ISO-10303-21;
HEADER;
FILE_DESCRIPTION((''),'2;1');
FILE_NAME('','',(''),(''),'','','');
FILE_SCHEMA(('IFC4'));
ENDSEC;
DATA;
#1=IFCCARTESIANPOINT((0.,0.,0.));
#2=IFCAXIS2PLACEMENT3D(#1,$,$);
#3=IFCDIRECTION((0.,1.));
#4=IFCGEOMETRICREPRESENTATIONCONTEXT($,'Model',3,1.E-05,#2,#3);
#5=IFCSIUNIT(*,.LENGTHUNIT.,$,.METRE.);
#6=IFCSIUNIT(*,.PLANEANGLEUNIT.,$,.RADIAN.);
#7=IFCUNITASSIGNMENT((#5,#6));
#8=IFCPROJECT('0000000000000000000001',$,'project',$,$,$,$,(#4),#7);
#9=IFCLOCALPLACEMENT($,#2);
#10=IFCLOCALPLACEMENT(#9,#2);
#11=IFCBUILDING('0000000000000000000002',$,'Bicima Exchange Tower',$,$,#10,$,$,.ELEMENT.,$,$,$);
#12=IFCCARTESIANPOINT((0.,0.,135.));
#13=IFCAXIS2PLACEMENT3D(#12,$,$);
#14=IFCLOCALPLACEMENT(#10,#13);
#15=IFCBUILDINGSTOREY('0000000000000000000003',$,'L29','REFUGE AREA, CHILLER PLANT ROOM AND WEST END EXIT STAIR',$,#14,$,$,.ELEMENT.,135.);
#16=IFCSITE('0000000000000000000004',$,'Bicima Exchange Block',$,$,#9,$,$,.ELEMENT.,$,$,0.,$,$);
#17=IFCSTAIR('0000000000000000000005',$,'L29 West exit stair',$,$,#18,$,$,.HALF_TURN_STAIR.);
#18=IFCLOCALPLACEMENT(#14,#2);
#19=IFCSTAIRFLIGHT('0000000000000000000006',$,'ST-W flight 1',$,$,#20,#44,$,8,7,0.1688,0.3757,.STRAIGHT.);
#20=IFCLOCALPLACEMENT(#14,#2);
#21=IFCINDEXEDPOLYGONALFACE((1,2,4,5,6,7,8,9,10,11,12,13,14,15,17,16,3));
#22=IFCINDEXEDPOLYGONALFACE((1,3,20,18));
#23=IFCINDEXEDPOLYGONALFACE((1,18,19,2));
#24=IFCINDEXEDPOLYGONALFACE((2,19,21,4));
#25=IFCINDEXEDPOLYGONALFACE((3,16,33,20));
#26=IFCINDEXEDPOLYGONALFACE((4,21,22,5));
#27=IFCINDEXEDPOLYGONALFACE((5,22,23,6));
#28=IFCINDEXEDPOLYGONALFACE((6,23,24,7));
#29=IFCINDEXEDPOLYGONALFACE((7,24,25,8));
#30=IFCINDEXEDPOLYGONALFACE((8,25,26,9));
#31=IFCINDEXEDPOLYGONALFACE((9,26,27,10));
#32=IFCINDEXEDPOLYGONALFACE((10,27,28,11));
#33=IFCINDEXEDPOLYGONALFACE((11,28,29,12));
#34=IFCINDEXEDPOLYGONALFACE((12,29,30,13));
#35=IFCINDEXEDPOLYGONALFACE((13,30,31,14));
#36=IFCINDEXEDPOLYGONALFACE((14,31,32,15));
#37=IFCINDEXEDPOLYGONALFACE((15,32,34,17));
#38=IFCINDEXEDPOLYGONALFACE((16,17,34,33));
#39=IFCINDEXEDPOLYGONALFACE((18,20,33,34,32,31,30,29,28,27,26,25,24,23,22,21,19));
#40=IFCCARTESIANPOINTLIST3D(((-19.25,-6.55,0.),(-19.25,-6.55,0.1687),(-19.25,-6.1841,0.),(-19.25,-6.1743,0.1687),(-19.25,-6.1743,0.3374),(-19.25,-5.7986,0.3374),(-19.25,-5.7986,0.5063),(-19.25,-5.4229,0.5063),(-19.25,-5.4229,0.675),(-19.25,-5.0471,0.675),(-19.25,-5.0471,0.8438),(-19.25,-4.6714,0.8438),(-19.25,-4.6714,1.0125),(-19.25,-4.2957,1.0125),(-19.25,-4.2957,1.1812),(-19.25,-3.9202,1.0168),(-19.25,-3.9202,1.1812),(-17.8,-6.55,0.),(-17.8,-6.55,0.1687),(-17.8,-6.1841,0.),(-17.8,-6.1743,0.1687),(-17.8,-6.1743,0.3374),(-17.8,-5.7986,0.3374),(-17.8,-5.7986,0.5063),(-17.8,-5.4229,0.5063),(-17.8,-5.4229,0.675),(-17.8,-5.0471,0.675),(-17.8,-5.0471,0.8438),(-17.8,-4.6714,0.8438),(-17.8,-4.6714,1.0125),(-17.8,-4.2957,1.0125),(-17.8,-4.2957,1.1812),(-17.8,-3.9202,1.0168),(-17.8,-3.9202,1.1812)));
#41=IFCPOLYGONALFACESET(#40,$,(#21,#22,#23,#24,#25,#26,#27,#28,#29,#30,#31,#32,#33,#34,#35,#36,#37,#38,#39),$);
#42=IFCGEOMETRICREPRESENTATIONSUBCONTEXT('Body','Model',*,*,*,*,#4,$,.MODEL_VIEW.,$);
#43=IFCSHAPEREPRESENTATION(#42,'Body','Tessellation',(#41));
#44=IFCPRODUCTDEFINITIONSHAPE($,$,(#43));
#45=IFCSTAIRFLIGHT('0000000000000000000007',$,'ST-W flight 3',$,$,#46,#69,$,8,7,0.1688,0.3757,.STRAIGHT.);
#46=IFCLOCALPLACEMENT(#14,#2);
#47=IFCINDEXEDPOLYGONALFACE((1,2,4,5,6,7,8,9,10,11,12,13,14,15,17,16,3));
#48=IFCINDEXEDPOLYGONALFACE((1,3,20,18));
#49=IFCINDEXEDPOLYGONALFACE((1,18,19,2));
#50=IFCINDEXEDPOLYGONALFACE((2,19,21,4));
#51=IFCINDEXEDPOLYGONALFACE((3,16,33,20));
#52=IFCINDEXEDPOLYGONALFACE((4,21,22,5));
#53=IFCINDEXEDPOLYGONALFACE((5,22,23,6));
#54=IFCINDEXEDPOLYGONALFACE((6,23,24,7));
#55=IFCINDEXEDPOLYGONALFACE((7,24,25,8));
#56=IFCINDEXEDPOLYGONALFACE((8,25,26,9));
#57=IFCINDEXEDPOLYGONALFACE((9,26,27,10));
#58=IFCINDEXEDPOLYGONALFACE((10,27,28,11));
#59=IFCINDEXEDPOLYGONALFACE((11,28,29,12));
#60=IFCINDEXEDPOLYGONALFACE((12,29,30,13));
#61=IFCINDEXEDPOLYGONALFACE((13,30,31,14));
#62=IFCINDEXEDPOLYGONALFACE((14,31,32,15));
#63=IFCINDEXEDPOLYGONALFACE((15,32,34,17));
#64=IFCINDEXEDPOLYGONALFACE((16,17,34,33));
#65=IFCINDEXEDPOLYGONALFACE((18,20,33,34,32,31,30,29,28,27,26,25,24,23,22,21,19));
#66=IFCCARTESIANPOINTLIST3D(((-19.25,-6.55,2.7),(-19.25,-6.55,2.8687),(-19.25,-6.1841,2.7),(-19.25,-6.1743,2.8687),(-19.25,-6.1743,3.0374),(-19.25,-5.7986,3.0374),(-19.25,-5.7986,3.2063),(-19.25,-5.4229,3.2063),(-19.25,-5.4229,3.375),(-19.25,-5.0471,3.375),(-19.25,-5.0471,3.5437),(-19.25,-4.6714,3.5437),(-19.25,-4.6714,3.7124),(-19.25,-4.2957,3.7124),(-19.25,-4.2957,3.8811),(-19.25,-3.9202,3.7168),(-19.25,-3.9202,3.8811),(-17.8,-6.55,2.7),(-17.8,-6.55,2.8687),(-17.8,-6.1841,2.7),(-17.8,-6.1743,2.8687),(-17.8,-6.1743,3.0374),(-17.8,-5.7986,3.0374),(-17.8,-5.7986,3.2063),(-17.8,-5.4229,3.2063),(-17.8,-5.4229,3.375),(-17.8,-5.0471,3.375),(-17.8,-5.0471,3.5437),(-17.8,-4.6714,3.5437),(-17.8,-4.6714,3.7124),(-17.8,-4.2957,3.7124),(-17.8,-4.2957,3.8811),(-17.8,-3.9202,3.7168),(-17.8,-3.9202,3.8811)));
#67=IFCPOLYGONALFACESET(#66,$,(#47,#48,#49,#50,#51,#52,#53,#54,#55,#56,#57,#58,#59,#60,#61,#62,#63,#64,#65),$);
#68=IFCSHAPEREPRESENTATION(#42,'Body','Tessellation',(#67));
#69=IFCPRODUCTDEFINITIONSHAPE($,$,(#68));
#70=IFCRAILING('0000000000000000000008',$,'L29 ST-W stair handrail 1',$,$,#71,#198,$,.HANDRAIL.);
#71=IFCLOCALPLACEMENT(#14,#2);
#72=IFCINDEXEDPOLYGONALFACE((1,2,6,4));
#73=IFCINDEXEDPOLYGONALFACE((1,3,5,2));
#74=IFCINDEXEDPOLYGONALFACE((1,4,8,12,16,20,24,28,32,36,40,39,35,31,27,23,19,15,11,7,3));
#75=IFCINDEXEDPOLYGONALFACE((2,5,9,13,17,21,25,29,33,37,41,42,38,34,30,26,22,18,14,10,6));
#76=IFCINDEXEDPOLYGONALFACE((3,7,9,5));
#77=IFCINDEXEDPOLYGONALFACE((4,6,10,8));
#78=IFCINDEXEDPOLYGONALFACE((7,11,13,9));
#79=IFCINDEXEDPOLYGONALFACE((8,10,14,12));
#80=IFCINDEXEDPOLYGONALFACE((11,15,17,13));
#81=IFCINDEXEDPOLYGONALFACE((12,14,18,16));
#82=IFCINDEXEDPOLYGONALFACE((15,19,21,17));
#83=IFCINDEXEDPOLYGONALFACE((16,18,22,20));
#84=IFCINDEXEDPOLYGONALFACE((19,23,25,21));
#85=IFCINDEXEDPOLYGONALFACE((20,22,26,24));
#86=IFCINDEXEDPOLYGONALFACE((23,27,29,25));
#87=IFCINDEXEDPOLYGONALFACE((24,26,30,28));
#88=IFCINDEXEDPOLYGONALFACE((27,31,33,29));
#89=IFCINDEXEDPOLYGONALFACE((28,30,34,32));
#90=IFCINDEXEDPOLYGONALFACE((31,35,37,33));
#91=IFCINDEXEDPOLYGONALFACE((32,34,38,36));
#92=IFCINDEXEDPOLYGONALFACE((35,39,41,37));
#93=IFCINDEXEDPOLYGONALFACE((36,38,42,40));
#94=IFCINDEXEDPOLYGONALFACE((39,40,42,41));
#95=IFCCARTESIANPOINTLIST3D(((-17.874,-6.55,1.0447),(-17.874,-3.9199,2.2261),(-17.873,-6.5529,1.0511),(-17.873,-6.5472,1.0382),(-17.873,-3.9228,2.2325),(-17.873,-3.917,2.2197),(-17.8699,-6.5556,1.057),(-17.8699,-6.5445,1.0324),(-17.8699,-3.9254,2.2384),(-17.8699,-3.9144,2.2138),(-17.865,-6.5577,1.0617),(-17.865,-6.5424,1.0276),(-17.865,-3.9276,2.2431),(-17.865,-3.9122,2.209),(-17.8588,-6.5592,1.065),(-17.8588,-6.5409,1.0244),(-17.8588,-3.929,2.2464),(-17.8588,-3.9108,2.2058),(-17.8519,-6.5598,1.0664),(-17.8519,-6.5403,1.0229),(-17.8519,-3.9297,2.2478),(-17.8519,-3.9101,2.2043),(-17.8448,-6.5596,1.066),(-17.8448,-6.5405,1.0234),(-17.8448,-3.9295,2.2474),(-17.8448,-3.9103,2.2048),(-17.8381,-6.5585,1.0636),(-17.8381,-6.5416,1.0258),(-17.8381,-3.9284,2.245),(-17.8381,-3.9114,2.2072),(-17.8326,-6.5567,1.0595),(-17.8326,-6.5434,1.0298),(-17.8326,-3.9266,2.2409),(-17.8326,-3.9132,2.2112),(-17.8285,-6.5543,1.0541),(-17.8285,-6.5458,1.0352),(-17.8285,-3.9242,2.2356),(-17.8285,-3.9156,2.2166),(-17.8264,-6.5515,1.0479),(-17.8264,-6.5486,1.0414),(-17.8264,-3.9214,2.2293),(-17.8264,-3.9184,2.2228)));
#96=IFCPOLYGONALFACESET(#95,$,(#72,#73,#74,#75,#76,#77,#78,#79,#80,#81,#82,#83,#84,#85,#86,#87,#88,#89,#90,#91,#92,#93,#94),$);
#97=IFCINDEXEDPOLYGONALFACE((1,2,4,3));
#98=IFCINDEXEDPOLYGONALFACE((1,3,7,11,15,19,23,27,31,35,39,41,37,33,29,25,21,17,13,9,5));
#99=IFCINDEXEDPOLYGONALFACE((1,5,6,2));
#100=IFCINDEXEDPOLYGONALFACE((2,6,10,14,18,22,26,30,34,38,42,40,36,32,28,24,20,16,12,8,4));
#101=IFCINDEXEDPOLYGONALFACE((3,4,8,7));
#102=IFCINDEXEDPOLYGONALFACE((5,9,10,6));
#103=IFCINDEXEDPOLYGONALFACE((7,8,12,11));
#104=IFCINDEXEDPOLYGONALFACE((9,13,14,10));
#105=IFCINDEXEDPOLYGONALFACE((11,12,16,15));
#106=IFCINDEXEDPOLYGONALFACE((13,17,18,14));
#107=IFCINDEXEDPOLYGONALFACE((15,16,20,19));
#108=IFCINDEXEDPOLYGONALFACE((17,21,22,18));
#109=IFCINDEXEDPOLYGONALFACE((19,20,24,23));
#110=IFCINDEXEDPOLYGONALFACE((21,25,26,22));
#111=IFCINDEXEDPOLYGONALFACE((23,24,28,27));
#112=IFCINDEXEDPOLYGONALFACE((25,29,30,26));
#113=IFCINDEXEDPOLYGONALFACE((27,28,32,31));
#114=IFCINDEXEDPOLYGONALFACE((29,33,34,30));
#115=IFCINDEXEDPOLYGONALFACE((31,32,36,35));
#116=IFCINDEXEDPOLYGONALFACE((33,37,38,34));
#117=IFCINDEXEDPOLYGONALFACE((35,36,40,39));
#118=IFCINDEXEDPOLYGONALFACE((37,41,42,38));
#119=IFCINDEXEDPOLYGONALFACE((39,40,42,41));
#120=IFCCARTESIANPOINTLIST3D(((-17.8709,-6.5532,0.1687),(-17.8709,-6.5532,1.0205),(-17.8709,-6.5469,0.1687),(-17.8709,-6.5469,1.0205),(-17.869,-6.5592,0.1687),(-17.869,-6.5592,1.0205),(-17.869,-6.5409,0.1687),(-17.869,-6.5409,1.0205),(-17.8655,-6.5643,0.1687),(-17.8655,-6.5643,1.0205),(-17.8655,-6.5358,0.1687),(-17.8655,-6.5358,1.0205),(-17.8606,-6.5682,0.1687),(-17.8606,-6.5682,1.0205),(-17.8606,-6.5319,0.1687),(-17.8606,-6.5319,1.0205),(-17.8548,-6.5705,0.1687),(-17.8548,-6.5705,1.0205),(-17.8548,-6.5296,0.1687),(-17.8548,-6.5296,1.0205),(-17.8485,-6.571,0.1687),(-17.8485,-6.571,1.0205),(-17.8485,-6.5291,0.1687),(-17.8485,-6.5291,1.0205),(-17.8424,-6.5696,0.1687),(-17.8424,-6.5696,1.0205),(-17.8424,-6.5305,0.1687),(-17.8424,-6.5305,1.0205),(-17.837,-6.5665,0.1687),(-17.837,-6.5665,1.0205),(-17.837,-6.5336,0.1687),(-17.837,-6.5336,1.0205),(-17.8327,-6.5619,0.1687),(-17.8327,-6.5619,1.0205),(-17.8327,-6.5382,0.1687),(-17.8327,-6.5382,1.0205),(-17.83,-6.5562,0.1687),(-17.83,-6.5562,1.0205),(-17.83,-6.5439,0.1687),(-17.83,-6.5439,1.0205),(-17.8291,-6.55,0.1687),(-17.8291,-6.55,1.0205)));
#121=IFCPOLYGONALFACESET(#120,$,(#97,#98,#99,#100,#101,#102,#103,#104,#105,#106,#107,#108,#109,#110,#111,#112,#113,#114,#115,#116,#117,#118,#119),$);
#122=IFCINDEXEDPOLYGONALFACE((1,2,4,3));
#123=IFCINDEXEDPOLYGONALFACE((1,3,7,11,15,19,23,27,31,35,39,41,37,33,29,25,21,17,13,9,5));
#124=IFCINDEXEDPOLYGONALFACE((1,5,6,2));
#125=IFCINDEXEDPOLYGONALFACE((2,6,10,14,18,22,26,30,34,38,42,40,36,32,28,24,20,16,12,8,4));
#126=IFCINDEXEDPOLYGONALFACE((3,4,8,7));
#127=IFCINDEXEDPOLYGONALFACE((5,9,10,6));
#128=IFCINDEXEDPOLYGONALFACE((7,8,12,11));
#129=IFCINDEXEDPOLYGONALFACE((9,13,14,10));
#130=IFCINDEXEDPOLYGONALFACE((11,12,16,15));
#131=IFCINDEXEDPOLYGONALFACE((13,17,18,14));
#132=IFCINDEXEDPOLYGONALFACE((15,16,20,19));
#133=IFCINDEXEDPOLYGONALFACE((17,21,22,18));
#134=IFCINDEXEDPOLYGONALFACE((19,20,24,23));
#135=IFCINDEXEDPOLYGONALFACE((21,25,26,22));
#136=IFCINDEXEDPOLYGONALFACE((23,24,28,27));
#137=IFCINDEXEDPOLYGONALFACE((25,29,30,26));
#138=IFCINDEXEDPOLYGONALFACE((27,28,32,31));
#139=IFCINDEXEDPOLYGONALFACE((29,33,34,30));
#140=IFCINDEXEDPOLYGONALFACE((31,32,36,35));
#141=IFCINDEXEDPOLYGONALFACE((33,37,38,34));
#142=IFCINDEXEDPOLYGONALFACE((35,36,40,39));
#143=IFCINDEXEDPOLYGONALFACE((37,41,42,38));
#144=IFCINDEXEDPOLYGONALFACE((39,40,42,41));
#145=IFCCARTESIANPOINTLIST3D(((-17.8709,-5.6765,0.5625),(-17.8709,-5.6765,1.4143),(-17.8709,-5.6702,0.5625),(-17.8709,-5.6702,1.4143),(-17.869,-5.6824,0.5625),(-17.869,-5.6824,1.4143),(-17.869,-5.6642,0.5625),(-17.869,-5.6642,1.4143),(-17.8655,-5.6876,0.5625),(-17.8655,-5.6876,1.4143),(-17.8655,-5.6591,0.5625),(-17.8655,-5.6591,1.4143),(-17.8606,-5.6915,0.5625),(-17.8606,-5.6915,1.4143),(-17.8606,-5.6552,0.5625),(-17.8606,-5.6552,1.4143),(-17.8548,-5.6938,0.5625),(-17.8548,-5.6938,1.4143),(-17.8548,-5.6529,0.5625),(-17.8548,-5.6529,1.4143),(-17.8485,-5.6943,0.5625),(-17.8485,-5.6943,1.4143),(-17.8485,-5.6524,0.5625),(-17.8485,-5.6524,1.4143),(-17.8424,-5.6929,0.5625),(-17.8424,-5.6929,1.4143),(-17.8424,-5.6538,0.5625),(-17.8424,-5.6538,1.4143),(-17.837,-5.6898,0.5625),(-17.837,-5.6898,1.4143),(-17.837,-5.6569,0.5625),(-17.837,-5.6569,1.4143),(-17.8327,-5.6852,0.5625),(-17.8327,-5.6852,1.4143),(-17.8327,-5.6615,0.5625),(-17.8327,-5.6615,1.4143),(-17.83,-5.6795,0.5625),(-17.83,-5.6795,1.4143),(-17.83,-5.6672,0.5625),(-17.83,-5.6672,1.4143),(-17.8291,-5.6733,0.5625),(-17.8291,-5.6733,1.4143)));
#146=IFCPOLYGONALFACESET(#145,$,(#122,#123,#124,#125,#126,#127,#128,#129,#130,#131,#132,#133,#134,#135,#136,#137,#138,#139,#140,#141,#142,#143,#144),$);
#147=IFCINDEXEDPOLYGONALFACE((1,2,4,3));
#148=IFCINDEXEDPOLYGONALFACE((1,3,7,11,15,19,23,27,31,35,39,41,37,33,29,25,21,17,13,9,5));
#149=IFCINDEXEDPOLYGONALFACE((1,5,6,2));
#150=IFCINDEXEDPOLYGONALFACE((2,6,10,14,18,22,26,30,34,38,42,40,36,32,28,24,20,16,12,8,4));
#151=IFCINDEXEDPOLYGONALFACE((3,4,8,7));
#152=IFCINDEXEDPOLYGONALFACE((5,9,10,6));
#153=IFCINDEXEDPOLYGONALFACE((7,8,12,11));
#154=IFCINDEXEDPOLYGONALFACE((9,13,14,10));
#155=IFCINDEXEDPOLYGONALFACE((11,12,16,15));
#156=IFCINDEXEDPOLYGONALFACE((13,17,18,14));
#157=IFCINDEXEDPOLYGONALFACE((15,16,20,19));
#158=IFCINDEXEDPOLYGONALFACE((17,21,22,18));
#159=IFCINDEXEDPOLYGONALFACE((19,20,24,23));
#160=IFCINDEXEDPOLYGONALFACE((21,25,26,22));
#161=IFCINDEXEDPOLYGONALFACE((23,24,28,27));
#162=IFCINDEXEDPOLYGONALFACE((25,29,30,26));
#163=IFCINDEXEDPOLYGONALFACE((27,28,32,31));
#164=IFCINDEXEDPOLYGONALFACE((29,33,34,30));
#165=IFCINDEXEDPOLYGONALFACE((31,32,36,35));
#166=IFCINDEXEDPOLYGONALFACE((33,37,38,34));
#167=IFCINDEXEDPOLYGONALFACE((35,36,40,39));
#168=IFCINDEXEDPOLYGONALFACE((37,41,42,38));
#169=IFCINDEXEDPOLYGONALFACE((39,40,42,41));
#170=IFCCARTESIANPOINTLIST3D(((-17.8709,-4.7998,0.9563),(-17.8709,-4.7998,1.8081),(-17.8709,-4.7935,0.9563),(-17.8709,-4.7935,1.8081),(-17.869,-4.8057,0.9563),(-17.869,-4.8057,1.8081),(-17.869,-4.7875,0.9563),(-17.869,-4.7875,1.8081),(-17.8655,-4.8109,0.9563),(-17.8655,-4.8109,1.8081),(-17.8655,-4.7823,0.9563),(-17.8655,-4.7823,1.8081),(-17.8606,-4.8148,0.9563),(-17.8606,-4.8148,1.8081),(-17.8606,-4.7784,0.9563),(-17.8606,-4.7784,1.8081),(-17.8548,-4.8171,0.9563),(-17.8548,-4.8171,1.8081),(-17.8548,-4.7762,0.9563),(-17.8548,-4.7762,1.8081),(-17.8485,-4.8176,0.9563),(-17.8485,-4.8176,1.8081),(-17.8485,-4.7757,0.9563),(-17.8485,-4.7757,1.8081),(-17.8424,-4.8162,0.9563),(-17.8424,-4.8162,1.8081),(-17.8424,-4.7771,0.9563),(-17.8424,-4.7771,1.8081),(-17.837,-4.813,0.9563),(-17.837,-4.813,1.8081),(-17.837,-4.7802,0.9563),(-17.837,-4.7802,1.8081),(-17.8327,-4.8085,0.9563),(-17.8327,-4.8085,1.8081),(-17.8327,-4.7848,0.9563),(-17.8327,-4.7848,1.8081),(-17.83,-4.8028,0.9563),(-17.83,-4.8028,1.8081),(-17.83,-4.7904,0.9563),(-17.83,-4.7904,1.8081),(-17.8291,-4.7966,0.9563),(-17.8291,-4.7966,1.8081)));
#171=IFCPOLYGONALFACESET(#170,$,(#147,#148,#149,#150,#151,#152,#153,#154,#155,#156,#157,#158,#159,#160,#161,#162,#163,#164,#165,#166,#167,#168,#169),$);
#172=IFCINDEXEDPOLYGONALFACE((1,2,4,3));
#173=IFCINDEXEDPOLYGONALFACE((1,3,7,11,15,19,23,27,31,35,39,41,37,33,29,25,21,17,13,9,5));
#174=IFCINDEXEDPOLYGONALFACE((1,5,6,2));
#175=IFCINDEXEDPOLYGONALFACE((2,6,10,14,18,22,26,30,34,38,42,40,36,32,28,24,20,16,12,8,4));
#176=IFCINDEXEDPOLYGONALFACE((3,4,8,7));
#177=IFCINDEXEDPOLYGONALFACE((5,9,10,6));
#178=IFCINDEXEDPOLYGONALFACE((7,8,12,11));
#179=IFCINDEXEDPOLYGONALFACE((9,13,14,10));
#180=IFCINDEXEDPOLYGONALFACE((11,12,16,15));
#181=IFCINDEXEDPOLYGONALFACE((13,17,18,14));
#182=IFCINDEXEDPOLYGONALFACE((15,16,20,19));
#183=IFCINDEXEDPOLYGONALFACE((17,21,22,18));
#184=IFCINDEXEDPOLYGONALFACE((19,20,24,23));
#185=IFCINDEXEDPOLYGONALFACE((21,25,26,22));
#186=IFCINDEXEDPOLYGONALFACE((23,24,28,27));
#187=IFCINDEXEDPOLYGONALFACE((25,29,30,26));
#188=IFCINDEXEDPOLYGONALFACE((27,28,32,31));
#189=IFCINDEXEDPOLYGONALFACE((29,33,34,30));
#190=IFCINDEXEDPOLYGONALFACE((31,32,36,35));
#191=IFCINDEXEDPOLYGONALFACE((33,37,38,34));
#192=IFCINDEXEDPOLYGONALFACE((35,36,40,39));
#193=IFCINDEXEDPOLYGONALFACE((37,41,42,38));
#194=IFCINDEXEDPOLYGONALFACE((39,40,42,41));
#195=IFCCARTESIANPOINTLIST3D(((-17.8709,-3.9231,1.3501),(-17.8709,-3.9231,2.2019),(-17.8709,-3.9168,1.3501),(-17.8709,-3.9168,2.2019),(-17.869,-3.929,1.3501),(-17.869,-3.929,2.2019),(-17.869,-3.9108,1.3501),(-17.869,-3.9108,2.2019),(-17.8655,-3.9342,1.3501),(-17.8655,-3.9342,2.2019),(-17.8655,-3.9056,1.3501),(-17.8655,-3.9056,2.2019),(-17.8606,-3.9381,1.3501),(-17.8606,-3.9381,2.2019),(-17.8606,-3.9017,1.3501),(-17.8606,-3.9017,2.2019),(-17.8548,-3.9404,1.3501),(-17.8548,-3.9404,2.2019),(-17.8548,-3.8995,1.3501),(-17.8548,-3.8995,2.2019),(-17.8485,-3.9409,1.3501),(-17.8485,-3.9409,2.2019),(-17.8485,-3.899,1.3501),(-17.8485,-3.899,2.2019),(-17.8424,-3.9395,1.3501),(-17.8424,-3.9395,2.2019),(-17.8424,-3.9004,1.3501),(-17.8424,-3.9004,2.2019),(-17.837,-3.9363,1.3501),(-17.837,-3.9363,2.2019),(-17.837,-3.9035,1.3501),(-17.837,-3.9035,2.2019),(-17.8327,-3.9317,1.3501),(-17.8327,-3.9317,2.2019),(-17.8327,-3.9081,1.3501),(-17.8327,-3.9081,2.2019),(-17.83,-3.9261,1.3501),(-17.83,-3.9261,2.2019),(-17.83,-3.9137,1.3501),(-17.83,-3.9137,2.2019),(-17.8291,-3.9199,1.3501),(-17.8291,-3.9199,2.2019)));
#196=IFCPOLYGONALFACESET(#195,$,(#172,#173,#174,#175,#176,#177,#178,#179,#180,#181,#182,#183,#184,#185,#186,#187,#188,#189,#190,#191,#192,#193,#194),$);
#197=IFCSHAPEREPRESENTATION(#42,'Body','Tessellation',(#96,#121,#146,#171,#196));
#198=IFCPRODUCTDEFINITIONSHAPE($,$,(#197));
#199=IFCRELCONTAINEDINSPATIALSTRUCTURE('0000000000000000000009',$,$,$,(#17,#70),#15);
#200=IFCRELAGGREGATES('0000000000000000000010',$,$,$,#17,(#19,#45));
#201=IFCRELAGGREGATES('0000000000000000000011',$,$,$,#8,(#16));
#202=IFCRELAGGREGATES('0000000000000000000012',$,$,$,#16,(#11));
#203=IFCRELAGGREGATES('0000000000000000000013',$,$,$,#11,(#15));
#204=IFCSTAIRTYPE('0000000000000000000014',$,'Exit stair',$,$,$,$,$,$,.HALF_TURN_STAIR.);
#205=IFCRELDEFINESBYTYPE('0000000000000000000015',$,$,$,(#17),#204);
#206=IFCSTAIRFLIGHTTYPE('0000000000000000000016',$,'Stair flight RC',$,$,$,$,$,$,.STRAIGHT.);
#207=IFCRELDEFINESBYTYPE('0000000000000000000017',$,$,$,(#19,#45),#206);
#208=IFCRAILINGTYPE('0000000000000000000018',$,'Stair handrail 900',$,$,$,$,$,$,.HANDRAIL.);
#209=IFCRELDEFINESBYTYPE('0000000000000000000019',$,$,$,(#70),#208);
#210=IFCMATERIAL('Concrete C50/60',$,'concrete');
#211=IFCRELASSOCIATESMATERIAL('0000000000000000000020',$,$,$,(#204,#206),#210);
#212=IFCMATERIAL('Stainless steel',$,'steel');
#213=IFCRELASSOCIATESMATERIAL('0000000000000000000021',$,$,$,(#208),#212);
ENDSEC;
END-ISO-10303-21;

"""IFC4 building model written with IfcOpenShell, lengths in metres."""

from ifc_helpers import new_model, si_unit, direction, frame, origin, origin_2d, place, context, subcontext, project, spatial, polyline, circle, outline, extrude, material, type_object, element, aggregate, save


model = new_model("IFC4")

# Units and contexts
model_context = context("Model", 3, precision=1e-05, world=origin(), true_north=direction((0.0, 1.0)))
body_context = subcontext(model_context, "Body", "Model", "MODEL_VIEW")
ifc_project = project(units=[si_unit("LENGTHUNIT", "METRE"), si_unit("PLANEANGLEUNIT", "RADIAN")], contexts=[model_context])

# Site, building, storey
site_placement = place(None, origin())
site = spatial("IfcSite", under=ifc_project, at=site_placement, Name="Bicima Exchange Block", CompositionType="ELEMENT", RefElevation=0.0)
building_placement = place(site_placement, origin())
building = spatial("IfcBuilding", under=site, at=building_placement, Name="Bicima Exchange Tower", CompositionType="ELEMENT")
storey_placement = place(building_placement, frame((0.0, 0.0, 135.0)))
storey = spatial("IfcBuildingStorey", under=building, at=storey_placement, Name="L29", Description="REFUGE AREA, CHILLER PLANT ROOM AND WEST END EXIT STAIR", CompositionType="ELEMENT", Elevation=135.0)

# Shared definitions
ifc_material_1 = material(Name="Concrete C50/60", Category="concrete")

# Shared definitions
ifc_material_2 = material(Name="Stainless steel", Category="steel")

# Stair, stair flights
stair_type = type_object("IfcStairType", Name="Exit stair", PredefinedType="HALF_TURN_STAIR", material=ifc_material_1)
stair_placement = place(storey_placement, origin())
stair = element("IfcStair", 1, at=stair_placement, inside=storey, type_object=stair_type, Name="L29 West exit stair", PredefinedType="HALF_TURN_STAIR")
stair_flight_type = type_object("IfcStairFlightType", Name="Stair flight RC", PredefinedType="STRAIGHT", material=ifc_material_1)
stair_flight_1_placement = place(storey_placement, frame((-18.5249, -6.55, 0.0), z_axis=(0.0, 0.0, 1.0), x_axis=(0.0, 1.0, 0.0)))
stair_flight_1 = element("IfcStairFlight", 2, at=stair_flight_1_placement, type_object=stair_flight_type, Name="ST-W flight 1", NumberOfRisers=8, NumberOfTreads=7, PredefinedType="STRAIGHT", RiserHeight=0.1688, TreadLength=0.3757, context=body_context, shape_type="SweptSolid", body=[
    extrude(outline(polyline([(0.0, 0.0), (0.0, 0.1687), (0.3757, 0.1687), (0.3757, 0.3374), (0.7515, 0.3374), (0.7515, 0.5063), (1.1272, 0.5063), (1.1272, 0.675), (1.5029, 0.675), (1.5029, 0.8438), (1.8787, 0.8438), (1.8787, 1.0125), (2.2544, 1.0125), (2.2544, 1.1812), (2.6299, 1.1812), (2.6299, 1.3501), (2.6299, 1.0168), (0.366, 0.0), (0.0, 0.0)])), frame((0.0, 0.7251, 0.0), z_axis=(0.0, -1.0, 0.0), x_axis=(1.0, 0.0, 0.0)), (0.0, 0.0, 1.0), 1.45),
])
stair_flight_2_placement = place(storey_placement, frame((-18.5249, -6.55, 2.7), z_axis=(0.0, 0.0, 1.0), x_axis=(0.0, 1.0, 0.0)))
stair_flight_2 = element("IfcStairFlight", 3, at=stair_flight_2_placement, type_object=stair_flight_type, Name="ST-W flight 3", NumberOfRisers=8, NumberOfTreads=7, PredefinedType="STRAIGHT", RiserHeight=0.1688, TreadLength=0.3757, context=body_context, shape_type="SweptSolid", body=[
    extrude(outline(polyline([(0.0, 0.0), (0.0, 0.1687), (0.3757, 0.1687), (0.3757, 0.3374), (0.7515, 0.3374), (0.7515, 0.5063), (1.1272, 0.5063), (1.1272, 0.675), (1.5029, 0.675), (1.5029, 0.8438), (1.8787, 0.8438), (1.8787, 1.0125), (2.2544, 1.0125), (2.2544, 1.1812), (2.6299, 1.1812), (2.6299, 1.3501), (2.6299, 1.0168), (0.366, 0.0), (0.0, 0.0)])), frame((0.0, 0.7251, 0.0), z_axis=(0.0, -1.0, 0.0), x_axis=(1.0, 0.0, 0.0)), (0.0, 0.0, 1.0), 1.45),
])
aggregate(stair, [stair_flight_1, stair_flight_2])

# Railing
railing_type_1 = type_object("IfcRailingType", Name="Stair handrail 900", PredefinedType="HANDRAIL", material=ifc_material_2)
for number, where, name in (
    (4, (-17.8501, -6.55, 0.1687), "L29 ST-W stair handrail 1"),
):
    element("IfcRailing", number, at=place(storey_placement, frame(where)), inside=storey, type_object=railing_type_1, Name=name, PredefinedType="HANDRAIL", context=body_context, shape_type="SweptSolid", body=[
        extrude(circle(Radius=0.0239, at=origin_2d()), frame((0.0, 0.0, 0.876), z_axis=(0.0, 0.912202, 0.409741), x_axis=(-1.0, 0.0, 0.0)), (0.0, 0.0, 1.0), 2.8833),
        extrude(circle(Radius=0.021, at=origin_2d()), origin(), (0.0, 0.0, 1.0), 0.8518),
        extrude(circle(Radius=0.021, at=origin_2d()), frame((0.0, 0.8767, 0.3938)), (0.0, 0.0, 1.0), 0.8518),
        extrude(circle(Radius=0.021, at=origin_2d()), frame((0.0, 1.7534, 0.7876)), (0.0, 0.0, 1.0), 0.8518),
        extrude(circle(Radius=0.021, at=origin_2d()), frame((0.0, 2.6301, 1.1814)), (0.0, 0.0, 1.0), 0.8518),
    ])

save(model, "model.ifc")
